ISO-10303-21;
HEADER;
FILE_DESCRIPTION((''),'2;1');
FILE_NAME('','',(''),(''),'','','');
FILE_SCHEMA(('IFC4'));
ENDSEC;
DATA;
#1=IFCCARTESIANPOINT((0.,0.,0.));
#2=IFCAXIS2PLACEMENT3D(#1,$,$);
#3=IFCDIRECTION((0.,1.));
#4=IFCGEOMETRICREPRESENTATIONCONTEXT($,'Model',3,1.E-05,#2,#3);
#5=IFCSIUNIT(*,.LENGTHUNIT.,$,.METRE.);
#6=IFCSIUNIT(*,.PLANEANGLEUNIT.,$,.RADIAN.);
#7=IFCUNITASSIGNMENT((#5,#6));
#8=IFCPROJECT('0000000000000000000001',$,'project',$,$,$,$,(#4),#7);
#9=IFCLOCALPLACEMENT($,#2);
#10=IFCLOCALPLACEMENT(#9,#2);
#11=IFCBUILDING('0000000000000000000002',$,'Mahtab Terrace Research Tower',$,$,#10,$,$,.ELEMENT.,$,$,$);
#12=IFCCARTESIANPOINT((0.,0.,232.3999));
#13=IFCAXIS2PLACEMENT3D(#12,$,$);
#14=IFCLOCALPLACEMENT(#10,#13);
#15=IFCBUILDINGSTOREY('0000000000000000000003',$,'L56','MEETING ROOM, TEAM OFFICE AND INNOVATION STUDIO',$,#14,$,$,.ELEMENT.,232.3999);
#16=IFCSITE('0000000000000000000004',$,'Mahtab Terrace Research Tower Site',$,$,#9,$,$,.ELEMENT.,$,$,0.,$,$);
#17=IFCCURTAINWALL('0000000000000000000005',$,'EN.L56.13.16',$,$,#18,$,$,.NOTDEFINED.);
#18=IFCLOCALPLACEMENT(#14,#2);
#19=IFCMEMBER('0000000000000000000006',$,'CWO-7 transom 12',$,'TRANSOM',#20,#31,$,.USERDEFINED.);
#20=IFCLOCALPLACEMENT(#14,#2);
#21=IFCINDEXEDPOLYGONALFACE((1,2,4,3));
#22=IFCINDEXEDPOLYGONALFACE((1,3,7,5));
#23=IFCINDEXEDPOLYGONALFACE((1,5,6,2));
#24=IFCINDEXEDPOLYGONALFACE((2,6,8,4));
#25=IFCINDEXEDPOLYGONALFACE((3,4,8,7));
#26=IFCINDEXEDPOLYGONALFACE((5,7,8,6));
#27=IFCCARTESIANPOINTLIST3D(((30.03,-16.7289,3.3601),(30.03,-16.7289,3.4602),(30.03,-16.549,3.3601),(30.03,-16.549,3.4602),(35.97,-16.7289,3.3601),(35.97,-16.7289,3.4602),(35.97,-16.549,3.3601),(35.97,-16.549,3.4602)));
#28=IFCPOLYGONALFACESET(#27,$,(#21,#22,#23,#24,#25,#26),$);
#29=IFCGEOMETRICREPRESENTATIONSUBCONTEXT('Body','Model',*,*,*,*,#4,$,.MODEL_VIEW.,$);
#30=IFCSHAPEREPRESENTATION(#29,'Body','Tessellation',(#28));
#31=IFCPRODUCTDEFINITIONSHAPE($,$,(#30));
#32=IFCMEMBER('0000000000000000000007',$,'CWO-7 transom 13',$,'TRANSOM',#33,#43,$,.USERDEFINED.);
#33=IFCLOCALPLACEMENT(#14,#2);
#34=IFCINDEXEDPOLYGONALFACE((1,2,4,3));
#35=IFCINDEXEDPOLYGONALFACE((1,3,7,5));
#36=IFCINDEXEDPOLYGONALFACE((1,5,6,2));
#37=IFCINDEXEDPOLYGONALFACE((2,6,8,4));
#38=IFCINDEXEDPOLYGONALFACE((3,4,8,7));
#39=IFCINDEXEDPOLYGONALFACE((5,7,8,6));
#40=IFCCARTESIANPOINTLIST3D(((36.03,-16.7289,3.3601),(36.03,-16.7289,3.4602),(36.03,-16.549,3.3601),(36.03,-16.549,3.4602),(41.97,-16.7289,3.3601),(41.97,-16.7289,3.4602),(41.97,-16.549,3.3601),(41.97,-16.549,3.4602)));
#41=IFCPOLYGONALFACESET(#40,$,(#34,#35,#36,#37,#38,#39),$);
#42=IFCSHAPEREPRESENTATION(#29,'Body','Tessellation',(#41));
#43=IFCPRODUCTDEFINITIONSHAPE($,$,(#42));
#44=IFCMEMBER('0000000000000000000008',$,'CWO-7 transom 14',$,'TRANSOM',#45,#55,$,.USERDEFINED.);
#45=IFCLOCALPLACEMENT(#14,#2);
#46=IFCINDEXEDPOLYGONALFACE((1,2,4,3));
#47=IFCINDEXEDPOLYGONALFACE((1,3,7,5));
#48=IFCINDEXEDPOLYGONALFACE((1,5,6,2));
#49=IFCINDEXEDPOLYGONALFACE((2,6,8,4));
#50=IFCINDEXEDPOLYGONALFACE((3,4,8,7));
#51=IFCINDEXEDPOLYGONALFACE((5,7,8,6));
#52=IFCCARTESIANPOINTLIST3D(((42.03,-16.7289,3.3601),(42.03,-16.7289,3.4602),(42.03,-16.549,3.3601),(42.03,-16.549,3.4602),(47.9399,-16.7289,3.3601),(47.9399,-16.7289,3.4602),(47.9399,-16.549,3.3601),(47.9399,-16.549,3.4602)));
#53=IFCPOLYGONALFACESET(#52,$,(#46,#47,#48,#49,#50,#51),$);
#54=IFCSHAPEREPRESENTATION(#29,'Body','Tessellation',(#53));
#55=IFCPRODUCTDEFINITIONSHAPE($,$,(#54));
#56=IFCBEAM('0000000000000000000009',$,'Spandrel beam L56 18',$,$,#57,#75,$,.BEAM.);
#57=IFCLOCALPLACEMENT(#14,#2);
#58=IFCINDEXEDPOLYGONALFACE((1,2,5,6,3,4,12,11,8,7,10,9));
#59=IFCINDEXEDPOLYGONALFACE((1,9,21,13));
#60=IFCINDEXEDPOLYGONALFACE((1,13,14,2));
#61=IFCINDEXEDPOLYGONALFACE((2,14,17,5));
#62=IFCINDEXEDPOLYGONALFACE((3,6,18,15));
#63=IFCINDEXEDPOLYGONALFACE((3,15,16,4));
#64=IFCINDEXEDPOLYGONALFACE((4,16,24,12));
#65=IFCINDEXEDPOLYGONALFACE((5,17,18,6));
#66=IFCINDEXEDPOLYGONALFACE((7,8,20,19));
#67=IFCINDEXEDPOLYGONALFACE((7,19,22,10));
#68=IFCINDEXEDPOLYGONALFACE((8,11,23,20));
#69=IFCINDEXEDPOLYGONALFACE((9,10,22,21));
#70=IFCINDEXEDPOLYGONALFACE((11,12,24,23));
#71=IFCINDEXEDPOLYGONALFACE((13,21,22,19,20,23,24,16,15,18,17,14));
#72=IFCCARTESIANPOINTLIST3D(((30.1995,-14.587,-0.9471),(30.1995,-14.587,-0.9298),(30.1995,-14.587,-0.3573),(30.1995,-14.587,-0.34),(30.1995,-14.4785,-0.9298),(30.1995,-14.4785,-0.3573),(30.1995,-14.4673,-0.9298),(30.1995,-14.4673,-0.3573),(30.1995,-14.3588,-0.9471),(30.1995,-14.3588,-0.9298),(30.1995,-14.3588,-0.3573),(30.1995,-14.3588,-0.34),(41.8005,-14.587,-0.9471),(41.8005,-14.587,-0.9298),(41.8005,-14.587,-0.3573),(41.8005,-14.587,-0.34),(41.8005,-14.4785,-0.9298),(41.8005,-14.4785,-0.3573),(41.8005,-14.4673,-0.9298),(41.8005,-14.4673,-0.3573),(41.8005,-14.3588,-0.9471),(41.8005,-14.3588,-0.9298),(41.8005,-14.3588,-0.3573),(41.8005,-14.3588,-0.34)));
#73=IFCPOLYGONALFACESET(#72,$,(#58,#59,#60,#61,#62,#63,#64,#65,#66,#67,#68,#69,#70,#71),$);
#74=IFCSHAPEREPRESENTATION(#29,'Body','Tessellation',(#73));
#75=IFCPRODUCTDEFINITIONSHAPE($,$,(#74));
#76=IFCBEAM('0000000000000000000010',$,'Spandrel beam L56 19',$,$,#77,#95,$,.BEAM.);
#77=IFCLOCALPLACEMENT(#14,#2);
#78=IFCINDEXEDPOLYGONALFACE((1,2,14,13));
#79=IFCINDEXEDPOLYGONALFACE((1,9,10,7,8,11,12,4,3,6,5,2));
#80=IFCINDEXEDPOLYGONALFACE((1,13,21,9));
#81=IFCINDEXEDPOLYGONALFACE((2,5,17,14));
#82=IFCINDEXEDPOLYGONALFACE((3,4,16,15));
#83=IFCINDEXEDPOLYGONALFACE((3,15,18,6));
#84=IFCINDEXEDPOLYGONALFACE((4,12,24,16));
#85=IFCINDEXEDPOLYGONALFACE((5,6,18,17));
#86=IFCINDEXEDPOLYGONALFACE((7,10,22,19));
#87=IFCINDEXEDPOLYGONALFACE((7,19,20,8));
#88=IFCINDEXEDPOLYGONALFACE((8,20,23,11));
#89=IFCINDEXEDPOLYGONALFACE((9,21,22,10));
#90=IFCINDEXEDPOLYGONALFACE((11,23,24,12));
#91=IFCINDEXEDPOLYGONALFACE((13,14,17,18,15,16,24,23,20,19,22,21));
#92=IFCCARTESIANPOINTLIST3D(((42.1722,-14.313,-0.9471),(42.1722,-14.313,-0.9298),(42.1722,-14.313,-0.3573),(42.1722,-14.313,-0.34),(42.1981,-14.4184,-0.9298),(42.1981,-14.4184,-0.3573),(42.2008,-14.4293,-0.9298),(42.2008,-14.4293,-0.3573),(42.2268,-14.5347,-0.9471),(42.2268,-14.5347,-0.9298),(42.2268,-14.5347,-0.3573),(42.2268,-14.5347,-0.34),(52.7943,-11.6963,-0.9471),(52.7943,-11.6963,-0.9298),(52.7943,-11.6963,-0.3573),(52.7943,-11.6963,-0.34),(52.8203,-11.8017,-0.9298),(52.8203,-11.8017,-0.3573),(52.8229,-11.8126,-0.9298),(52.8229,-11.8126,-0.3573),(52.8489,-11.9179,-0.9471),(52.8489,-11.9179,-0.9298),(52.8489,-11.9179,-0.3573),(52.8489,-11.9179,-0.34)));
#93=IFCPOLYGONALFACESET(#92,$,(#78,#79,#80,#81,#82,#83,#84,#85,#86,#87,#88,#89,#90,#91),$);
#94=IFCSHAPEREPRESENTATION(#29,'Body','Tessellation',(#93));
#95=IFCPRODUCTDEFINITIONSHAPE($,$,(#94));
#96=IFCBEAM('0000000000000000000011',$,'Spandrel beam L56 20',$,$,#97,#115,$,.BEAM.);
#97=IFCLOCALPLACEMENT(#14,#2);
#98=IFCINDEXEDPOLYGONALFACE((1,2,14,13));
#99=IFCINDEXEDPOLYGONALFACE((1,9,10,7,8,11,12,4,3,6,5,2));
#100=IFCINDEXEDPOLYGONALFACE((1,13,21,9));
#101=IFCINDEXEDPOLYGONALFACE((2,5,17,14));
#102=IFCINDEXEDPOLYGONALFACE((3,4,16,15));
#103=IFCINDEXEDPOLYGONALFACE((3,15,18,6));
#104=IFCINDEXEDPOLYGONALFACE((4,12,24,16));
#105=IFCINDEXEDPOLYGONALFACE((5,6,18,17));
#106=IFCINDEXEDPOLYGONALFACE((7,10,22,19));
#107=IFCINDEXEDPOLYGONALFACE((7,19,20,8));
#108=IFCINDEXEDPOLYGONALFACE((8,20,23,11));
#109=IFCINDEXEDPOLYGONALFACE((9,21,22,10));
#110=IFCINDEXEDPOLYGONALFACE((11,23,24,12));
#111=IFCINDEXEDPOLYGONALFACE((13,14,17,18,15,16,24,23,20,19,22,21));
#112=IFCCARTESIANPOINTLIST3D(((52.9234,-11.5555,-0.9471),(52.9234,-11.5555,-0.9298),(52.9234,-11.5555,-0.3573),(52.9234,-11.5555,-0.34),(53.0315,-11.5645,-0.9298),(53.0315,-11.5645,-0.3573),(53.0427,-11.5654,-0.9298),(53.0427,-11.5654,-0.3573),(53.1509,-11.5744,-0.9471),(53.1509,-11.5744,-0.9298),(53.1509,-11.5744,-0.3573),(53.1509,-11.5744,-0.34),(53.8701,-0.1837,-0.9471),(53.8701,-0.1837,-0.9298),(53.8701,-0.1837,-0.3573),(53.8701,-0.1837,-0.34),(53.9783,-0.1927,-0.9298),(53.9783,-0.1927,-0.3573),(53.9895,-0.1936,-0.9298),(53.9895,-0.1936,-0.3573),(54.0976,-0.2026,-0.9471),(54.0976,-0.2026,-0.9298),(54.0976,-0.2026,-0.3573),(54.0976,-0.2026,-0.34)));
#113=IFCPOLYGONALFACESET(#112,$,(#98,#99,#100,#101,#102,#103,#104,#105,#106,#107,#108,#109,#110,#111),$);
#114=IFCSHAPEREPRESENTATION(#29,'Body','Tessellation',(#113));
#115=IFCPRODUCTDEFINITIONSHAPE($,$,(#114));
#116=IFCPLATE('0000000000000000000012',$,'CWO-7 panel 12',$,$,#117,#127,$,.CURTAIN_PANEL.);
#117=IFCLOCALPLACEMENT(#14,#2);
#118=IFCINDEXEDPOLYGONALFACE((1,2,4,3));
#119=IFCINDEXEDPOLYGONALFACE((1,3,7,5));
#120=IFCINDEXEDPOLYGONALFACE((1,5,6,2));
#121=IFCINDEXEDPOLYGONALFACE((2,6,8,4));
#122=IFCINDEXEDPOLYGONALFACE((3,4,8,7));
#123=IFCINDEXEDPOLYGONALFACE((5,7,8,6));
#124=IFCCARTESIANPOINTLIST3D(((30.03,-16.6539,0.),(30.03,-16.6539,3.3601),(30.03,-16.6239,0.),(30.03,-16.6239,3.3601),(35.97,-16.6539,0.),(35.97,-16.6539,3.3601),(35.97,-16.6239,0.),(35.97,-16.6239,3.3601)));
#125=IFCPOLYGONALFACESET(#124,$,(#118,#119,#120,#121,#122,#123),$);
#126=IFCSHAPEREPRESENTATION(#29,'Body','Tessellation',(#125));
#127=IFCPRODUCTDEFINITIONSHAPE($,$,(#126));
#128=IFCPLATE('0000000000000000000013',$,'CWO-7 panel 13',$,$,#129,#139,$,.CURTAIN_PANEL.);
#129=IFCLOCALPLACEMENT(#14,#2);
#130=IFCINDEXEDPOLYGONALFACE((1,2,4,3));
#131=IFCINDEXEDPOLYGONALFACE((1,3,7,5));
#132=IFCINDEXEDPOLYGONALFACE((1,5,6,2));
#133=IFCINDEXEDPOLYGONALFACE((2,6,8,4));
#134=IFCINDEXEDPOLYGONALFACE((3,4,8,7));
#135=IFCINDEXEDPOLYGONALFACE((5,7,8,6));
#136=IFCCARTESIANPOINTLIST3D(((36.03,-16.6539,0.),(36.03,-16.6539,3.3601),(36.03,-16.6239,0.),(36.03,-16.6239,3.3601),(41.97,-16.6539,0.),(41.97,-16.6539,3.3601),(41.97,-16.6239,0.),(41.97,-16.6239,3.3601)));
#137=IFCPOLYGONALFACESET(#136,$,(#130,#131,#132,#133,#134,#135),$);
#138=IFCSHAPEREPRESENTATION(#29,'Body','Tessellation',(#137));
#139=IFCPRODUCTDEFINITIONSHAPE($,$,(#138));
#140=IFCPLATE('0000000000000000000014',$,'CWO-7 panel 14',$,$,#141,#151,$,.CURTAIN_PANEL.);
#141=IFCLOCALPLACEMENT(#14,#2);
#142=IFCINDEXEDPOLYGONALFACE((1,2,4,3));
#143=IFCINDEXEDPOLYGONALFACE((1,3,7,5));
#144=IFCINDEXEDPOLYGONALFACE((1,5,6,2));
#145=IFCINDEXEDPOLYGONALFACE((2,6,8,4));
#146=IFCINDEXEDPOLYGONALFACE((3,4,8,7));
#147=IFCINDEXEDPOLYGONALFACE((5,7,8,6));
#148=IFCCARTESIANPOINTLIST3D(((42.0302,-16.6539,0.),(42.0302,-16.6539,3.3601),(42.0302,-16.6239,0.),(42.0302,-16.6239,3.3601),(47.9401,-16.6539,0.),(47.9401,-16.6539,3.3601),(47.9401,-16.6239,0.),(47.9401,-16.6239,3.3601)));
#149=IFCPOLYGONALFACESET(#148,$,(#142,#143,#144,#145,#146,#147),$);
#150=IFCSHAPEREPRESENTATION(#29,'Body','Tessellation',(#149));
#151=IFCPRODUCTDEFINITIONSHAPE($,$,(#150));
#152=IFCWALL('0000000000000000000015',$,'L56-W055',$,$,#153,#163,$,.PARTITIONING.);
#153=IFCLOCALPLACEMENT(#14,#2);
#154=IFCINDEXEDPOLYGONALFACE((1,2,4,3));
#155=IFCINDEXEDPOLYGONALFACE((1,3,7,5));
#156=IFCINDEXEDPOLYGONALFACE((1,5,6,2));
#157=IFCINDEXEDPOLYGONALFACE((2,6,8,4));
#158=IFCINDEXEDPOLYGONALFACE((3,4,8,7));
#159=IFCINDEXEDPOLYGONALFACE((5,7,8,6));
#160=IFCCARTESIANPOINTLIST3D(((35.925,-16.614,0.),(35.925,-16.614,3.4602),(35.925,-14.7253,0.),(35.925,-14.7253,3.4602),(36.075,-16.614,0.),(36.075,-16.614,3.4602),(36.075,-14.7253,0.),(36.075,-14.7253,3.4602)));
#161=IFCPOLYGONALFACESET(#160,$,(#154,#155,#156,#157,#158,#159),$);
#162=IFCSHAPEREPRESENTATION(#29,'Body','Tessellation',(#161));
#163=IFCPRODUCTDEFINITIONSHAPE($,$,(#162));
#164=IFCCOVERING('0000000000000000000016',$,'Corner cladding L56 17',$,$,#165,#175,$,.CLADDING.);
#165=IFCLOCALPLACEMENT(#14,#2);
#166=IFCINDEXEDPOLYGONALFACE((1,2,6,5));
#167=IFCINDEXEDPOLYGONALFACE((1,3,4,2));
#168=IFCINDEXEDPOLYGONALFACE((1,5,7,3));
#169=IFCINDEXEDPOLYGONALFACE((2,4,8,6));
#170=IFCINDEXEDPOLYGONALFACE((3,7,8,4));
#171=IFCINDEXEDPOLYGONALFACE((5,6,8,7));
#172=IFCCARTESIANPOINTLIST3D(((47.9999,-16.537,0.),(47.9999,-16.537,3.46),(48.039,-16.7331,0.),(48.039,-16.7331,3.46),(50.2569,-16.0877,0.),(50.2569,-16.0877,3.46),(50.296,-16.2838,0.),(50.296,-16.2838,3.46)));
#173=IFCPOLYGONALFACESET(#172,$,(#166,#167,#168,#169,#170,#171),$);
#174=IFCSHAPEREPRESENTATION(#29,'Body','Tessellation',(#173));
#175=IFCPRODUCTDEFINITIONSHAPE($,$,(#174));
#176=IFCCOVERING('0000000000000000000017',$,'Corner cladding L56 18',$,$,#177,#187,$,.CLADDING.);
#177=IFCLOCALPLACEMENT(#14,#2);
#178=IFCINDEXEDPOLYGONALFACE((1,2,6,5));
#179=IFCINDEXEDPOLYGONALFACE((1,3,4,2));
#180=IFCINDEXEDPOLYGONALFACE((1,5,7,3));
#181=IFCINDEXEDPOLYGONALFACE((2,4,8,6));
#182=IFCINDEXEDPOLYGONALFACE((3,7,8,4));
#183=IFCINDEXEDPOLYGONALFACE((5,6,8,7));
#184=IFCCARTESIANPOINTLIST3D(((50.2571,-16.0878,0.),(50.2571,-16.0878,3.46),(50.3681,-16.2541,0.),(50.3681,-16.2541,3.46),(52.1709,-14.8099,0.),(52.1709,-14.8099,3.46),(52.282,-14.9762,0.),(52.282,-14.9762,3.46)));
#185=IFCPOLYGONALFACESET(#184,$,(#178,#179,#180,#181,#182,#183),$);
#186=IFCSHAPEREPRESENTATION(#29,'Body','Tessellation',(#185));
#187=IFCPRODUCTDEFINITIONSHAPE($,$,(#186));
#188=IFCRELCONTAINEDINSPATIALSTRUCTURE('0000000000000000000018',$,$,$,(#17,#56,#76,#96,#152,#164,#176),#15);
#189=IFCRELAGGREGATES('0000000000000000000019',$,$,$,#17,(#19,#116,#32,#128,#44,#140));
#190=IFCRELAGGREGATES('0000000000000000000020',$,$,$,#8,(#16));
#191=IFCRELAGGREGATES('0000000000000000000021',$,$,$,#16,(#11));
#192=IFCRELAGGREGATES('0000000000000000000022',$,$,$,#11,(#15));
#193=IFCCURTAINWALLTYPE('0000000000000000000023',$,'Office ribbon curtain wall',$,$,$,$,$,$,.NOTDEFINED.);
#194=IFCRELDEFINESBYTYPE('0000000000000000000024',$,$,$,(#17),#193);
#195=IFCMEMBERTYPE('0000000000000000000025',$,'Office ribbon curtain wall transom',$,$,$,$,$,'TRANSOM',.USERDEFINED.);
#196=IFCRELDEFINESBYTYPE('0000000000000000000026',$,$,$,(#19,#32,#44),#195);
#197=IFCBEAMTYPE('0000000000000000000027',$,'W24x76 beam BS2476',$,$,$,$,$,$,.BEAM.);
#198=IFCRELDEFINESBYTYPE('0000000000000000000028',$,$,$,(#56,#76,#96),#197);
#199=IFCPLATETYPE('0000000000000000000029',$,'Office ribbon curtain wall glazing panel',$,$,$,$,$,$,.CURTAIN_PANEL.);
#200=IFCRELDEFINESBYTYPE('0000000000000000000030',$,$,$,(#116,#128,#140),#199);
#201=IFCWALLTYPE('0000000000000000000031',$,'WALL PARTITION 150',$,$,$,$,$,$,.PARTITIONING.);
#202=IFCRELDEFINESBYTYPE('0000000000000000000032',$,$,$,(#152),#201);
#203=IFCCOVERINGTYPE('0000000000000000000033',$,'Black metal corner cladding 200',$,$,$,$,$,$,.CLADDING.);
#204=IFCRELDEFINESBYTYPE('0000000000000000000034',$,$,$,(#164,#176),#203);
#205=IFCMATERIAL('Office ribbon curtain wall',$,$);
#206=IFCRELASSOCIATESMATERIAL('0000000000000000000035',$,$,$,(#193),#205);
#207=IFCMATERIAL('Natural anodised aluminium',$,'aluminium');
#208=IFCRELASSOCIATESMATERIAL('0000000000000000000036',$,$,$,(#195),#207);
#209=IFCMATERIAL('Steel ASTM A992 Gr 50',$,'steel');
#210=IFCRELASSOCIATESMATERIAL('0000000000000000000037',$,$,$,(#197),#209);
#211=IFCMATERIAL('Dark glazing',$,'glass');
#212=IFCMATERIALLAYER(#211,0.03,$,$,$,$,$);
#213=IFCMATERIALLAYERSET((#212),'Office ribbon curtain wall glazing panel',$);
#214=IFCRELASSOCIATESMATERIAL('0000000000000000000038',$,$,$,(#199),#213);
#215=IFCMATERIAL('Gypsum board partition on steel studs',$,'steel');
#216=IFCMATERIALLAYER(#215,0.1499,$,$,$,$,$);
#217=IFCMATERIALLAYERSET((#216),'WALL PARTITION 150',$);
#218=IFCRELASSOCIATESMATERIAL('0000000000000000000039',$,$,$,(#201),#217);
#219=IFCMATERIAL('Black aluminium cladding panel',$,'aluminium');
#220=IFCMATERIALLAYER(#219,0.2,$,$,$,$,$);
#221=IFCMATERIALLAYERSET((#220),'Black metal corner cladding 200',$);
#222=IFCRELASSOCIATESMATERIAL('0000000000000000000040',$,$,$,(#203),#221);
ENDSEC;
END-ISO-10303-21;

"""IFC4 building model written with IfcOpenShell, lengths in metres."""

from ifc_helpers import new_model, si_unit, direction, frame, frame_2d, origin, origin_2d, place, context, subcontext, project, spatial, rectangle, i_section, extrude, material, layer, layer_set, material_profile, profile_set, type_object, element, aggregate, save


model = new_model("IFC4")

# Units and contexts
model_context = context("Model", 3, precision=1e-05, world=origin(), true_north=direction((0.0, 1.0)))
body_context = subcontext(model_context, "Body", "Model", "MODEL_VIEW")
ifc_project = project(units=[si_unit("LENGTHUNIT", "METRE"), si_unit("PLANEANGLEUNIT", "RADIAN")], contexts=[model_context])

# Site, building, storey
site_placement = place(None, origin())
site = spatial("IfcSite", under=ifc_project, at=site_placement, Name="Mahtab Terrace Research Tower Site", CompositionType="ELEMENT", RefElevation=0.0)
building_placement = place(site_placement, origin())
building = spatial("IfcBuilding", under=site, at=building_placement, Name="Mahtab Terrace Research Tower", CompositionType="ELEMENT")
storey_placement = place(building_placement, frame((0.0, 0.0, 232.3999)))
storey = spatial("IfcBuildingStorey", under=building, at=storey_placement, Name="L56", Description="MEETING ROOM, TEAM OFFICE AND INNOVATION STUDIO", CompositionType="ELEMENT", Elevation=232.3999)

# Shared definitions
ifc_material_1 = material(Name="Steel ASTM A992 Gr 50", Category="steel")

# Curtain wall, members
ifc_material_2 = material(Name="Office ribbon curtain wall")
curtain_wall_type = type_object("IfcCurtainWallType", Name="Office ribbon curtain wall", PredefinedType="NOTDEFINED", material=ifc_material_2)
curtain_wall_placement = place(storey_placement, origin())
curtain_wall = element("IfcCurtainWall", 1, at=curtain_wall_placement, inside=storey, type_object=curtain_wall_type, Name="EN.L56.13.16", PredefinedType="NOTDEFINED")
ifc_material_3 = material(Name="Natural anodised aluminium", Category="aluminium")
ifc_material_profile_1 = material_profile(ifc_material_3, rectangle(XDim=0.1799, YDim=0.1001, at=origin_2d()), Name="TRANSOM 100x180")
ifc_profile_set_1 = profile_set([ifc_material_profile_1], Name="Natural anodised aluminium")
member_type_1 = type_object("IfcMemberType", Name="Office ribbon curtain wall transom", ElementType="TRANSOM", PredefinedType="USERDEFINED", material=ifc_profile_set_1)
member_1_placement = place(storey_placement, frame((30.03, -16.6389, 3.4102), z_axis=(1.0, 0.0, 0.0), x_axis=(0.0, 1.0, 0.0)))
member_1 = element("IfcMember", 2, at=member_1_placement, type_object=member_type_1, Name="CWO-7 transom 12", ObjectType="TRANSOM", PredefinedType="USERDEFINED", context=body_context, shape_type="SweptSolid", body=[
    extrude(rectangle(XDim=0.1799, YDim=0.1001, at=origin_2d()), origin(), (0.0, 0.0, 1.0), 5.9399),
])
member_2_placement = place(storey_placement, frame((36.03, -16.6389, 3.4102), z_axis=(1.0, 0.0, 0.0), x_axis=(0.0, 1.0, 0.0)))
member_2 = element("IfcMember", 3, at=member_2_placement, type_object=member_type_1, Name="CWO-7 transom 13", ObjectType="TRANSOM", PredefinedType="USERDEFINED", context=body_context, shape_type="SweptSolid", body=[
    extrude(rectangle(XDim=0.1799, YDim=0.1001, at=origin_2d()), origin(), (0.0, 0.0, 1.0), 5.9399),
])
member_3_placement = place(storey_placement, frame((42.03, -16.6389, 3.4102), z_axis=(1.0, 0.0, 0.0), x_axis=(0.0, 1.0, 0.0)))
member_3 = element("IfcMember", 4, at=member_3_placement, type_object=member_type_1, Name="CWO-7 transom 14", ObjectType="TRANSOM", PredefinedType="USERDEFINED", context=body_context, shape_type="SweptSolid", body=[
    extrude(rectangle(XDim=0.1799, YDim=0.1001, at=origin_2d()), origin(), (0.0, 0.0, 1.0), 5.9099),
])

# Beams
ifc_material_profile_2 = material_profile(ifc_material_1, i_section(OverallWidth=0.2283, OverallDepth=0.6072, WebThickness=0.0112, FlangeThickness=0.0173, at=origin_2d()), Name="W24X76")
ifc_profile_set_2 = profile_set([ifc_material_profile_2], Name="Steel ASTM A992 Gr 50")
beam_type = type_object("IfcBeamType", Name="W24x76 beam BS2476", PredefinedType="BEAM", material=ifc_profile_set_2)
beam_1_placement = place(storey_placement, frame((30.1995, -14.4729, -0.6436), z_axis=(1.0, 0.0, 0.0), x_axis=(0.0, 1.0, 0.0)))
element("IfcBeam", 5, at=beam_1_placement, inside=storey, type_object=beam_type, Name="Spandrel beam L56 18", PredefinedType="BEAM", context=body_context, shape_type="SweptSolid", body=[
    extrude(i_section(OverallWidth=0.2283, OverallDepth=0.6072, WebThickness=0.0112, FlangeThickness=0.0173, at=origin_2d()), origin(), (0.0, 0.0, 1.0), 11.6011),
])
beam_2_placement = place(storey_placement, frame((42.1995, -14.4238, -0.6436), z_axis=(0.970972, 0.239195, 0.0), x_axis=(-0.239195, 0.970972, 0.0)))
element("IfcBeam", 6, at=beam_2_placement, inside=storey, type_object=beam_type, Name="Spandrel beam L56 19", PredefinedType="BEAM", context=body_context, shape_type="SweptSolid", body=[
    extrude(i_section(OverallWidth=0.2283, OverallDepth=0.6072, WebThickness=0.0112, FlangeThickness=0.0173, at=origin_2d()), origin(), (0.0, 0.0, 1.0), 10.9397),
])
beam_3_placement = place(storey_placement, frame((53.0371, -11.5649, -0.6436), z_axis=(0.082969, 0.996552, 0.0), x_axis=(-0.996552, 0.082969, 0.0)))
element("IfcBeam", 7, at=beam_3_placement, inside=storey, type_object=beam_type, Name="Spandrel beam L56 20", PredefinedType="BEAM", context=body_context, shape_type="SweptSolid", body=[
    extrude(i_section(OverallWidth=0.2283, OverallDepth=0.6072, WebThickness=0.0112, FlangeThickness=0.0173, at=origin_2d()), origin(), (0.0, 0.0, 1.0), 11.4111),
])

# Plates
ifc_material_4 = material(Name="Dark glazing", Category="glass")
ifc_layer_1 = layer(ifc_material_4, 0.03)
ifc_layer_set_1 = layer_set([ifc_layer_1], Name="Office ribbon curtain wall glazing panel")
plate_type = type_object("IfcPlateType", Name="Office ribbon curtain wall glazing panel", PredefinedType="CURTAIN_PANEL", material=ifc_layer_set_1)
plate_1_placement = place(storey_placement, frame((33.0, -16.6389, 0.0), z_axis=(0.0, 0.0, 1.0), x_axis=(1.0, 0.0, 0.0)))
plate_1 = element("IfcPlate", 8, at=plate_1_placement, type_object=plate_type, Name="CWO-7 panel 12", PredefinedType="CURTAIN_PANEL", context=body_context, shape_type="SweptSolid", body=[
    extrude(rectangle(XDim=5.9399, YDim=0.03, at=origin_2d()), origin(), (0.0, 0.0, 1.0), 3.3601),
])
plate_2_placement = place(storey_placement, frame((39.0, -16.6389, 0.0), z_axis=(0.0, 0.0, 1.0), x_axis=(1.0, 0.0, 0.0)))
plate_2 = element("IfcPlate", 9, at=plate_2_placement, type_object=plate_type, Name="CWO-7 panel 13", PredefinedType="CURTAIN_PANEL", context=body_context, shape_type="SweptSolid", body=[
    extrude(rectangle(XDim=5.9399, YDim=0.03, at=origin_2d()), origin(), (0.0, 0.0, 1.0), 3.3601),
])
plate_3_placement = place(storey_placement, frame((44.9851, -16.6389, 0.0), z_axis=(0.0, 0.0, 1.0), x_axis=(1.0, 0.0, 0.0)))
plate_3 = element("IfcPlate", 10, at=plate_3_placement, type_object=plate_type, Name="CWO-7 panel 14", PredefinedType="CURTAIN_PANEL", context=body_context, shape_type="SweptSolid", body=[
    extrude(rectangle(XDim=5.9099, YDim=0.03, at=origin_2d()), origin(), (0.0, 0.0, 1.0), 3.3601),
])
aggregate(curtain_wall, [member_1, plate_1, member_2, plate_2, member_3, plate_3])

# Wall
ifc_material_5 = material(Name="Gypsum board partition on steel studs", Category="steel")
ifc_layer_2 = layer(ifc_material_5, 0.1499)
ifc_layer_set_2 = layer_set([ifc_layer_2], Name="WALL PARTITION 150")
wall_type = type_object("IfcWallType", Name="WALL PARTITION 150", PredefinedType="PARTITIONING", material=ifc_layer_set_2)
wall_placement = place(storey_placement, frame((36.0, -16.614, 0.0), z_axis=(0.0, 0.0, 1.0), x_axis=(0.0, 1.0, 0.0)))
element("IfcWall", 11, at=wall_placement, inside=storey, type_object=wall_type, Name="L56-W055", PredefinedType="PARTITIONING", context=body_context, shape_type="SweptSolid", body=[
    extrude(rectangle(XDim=1.8887, YDim=0.1499, at=frame_2d((0.9443, 0.0))), origin(), (0.0, 0.0, 1.0), 3.4602),
])

# Coverings
ifc_material_6 = material(Name="Black aluminium cladding panel", Category="aluminium")
ifc_layer_3 = layer(ifc_material_6, 0.2)
ifc_layer_set_3 = layer_set([ifc_layer_3], Name="Black metal corner cladding 200")
covering_type = type_object("IfcCoveringType", Name="Black metal corner cladding 200", PredefinedType="CLADDING", material=ifc_layer_set_3)
for number, where, z_axis, x_axis, name in (
    (12, (49.1479, -16.4104, 0.0), (0.0, 0.0, 1.0), (0.980761, 0.195212, 0.0), "Corner cladding L56 17"),
    (13, (51.2695, -15.532, 0.0), (0.0, 0.0, 1.0), (0.831656, 0.555291, 0.0), "Corner cladding L56 18"),
):
    element("IfcCovering", number, at=place(storey_placement, frame(where, z_axis=z_axis, x_axis=x_axis)), inside=storey, type_object=covering_type, Name=name, PredefinedType="CLADDING", context=body_context, shape_type="SweptSolid", body=[
        extrude(rectangle(XDim=2.3013, YDim=0.2, at=origin_2d()), origin(), (0.0, 0.0, 1.0), 3.46),
    ])

save(model, "model.ifc")
